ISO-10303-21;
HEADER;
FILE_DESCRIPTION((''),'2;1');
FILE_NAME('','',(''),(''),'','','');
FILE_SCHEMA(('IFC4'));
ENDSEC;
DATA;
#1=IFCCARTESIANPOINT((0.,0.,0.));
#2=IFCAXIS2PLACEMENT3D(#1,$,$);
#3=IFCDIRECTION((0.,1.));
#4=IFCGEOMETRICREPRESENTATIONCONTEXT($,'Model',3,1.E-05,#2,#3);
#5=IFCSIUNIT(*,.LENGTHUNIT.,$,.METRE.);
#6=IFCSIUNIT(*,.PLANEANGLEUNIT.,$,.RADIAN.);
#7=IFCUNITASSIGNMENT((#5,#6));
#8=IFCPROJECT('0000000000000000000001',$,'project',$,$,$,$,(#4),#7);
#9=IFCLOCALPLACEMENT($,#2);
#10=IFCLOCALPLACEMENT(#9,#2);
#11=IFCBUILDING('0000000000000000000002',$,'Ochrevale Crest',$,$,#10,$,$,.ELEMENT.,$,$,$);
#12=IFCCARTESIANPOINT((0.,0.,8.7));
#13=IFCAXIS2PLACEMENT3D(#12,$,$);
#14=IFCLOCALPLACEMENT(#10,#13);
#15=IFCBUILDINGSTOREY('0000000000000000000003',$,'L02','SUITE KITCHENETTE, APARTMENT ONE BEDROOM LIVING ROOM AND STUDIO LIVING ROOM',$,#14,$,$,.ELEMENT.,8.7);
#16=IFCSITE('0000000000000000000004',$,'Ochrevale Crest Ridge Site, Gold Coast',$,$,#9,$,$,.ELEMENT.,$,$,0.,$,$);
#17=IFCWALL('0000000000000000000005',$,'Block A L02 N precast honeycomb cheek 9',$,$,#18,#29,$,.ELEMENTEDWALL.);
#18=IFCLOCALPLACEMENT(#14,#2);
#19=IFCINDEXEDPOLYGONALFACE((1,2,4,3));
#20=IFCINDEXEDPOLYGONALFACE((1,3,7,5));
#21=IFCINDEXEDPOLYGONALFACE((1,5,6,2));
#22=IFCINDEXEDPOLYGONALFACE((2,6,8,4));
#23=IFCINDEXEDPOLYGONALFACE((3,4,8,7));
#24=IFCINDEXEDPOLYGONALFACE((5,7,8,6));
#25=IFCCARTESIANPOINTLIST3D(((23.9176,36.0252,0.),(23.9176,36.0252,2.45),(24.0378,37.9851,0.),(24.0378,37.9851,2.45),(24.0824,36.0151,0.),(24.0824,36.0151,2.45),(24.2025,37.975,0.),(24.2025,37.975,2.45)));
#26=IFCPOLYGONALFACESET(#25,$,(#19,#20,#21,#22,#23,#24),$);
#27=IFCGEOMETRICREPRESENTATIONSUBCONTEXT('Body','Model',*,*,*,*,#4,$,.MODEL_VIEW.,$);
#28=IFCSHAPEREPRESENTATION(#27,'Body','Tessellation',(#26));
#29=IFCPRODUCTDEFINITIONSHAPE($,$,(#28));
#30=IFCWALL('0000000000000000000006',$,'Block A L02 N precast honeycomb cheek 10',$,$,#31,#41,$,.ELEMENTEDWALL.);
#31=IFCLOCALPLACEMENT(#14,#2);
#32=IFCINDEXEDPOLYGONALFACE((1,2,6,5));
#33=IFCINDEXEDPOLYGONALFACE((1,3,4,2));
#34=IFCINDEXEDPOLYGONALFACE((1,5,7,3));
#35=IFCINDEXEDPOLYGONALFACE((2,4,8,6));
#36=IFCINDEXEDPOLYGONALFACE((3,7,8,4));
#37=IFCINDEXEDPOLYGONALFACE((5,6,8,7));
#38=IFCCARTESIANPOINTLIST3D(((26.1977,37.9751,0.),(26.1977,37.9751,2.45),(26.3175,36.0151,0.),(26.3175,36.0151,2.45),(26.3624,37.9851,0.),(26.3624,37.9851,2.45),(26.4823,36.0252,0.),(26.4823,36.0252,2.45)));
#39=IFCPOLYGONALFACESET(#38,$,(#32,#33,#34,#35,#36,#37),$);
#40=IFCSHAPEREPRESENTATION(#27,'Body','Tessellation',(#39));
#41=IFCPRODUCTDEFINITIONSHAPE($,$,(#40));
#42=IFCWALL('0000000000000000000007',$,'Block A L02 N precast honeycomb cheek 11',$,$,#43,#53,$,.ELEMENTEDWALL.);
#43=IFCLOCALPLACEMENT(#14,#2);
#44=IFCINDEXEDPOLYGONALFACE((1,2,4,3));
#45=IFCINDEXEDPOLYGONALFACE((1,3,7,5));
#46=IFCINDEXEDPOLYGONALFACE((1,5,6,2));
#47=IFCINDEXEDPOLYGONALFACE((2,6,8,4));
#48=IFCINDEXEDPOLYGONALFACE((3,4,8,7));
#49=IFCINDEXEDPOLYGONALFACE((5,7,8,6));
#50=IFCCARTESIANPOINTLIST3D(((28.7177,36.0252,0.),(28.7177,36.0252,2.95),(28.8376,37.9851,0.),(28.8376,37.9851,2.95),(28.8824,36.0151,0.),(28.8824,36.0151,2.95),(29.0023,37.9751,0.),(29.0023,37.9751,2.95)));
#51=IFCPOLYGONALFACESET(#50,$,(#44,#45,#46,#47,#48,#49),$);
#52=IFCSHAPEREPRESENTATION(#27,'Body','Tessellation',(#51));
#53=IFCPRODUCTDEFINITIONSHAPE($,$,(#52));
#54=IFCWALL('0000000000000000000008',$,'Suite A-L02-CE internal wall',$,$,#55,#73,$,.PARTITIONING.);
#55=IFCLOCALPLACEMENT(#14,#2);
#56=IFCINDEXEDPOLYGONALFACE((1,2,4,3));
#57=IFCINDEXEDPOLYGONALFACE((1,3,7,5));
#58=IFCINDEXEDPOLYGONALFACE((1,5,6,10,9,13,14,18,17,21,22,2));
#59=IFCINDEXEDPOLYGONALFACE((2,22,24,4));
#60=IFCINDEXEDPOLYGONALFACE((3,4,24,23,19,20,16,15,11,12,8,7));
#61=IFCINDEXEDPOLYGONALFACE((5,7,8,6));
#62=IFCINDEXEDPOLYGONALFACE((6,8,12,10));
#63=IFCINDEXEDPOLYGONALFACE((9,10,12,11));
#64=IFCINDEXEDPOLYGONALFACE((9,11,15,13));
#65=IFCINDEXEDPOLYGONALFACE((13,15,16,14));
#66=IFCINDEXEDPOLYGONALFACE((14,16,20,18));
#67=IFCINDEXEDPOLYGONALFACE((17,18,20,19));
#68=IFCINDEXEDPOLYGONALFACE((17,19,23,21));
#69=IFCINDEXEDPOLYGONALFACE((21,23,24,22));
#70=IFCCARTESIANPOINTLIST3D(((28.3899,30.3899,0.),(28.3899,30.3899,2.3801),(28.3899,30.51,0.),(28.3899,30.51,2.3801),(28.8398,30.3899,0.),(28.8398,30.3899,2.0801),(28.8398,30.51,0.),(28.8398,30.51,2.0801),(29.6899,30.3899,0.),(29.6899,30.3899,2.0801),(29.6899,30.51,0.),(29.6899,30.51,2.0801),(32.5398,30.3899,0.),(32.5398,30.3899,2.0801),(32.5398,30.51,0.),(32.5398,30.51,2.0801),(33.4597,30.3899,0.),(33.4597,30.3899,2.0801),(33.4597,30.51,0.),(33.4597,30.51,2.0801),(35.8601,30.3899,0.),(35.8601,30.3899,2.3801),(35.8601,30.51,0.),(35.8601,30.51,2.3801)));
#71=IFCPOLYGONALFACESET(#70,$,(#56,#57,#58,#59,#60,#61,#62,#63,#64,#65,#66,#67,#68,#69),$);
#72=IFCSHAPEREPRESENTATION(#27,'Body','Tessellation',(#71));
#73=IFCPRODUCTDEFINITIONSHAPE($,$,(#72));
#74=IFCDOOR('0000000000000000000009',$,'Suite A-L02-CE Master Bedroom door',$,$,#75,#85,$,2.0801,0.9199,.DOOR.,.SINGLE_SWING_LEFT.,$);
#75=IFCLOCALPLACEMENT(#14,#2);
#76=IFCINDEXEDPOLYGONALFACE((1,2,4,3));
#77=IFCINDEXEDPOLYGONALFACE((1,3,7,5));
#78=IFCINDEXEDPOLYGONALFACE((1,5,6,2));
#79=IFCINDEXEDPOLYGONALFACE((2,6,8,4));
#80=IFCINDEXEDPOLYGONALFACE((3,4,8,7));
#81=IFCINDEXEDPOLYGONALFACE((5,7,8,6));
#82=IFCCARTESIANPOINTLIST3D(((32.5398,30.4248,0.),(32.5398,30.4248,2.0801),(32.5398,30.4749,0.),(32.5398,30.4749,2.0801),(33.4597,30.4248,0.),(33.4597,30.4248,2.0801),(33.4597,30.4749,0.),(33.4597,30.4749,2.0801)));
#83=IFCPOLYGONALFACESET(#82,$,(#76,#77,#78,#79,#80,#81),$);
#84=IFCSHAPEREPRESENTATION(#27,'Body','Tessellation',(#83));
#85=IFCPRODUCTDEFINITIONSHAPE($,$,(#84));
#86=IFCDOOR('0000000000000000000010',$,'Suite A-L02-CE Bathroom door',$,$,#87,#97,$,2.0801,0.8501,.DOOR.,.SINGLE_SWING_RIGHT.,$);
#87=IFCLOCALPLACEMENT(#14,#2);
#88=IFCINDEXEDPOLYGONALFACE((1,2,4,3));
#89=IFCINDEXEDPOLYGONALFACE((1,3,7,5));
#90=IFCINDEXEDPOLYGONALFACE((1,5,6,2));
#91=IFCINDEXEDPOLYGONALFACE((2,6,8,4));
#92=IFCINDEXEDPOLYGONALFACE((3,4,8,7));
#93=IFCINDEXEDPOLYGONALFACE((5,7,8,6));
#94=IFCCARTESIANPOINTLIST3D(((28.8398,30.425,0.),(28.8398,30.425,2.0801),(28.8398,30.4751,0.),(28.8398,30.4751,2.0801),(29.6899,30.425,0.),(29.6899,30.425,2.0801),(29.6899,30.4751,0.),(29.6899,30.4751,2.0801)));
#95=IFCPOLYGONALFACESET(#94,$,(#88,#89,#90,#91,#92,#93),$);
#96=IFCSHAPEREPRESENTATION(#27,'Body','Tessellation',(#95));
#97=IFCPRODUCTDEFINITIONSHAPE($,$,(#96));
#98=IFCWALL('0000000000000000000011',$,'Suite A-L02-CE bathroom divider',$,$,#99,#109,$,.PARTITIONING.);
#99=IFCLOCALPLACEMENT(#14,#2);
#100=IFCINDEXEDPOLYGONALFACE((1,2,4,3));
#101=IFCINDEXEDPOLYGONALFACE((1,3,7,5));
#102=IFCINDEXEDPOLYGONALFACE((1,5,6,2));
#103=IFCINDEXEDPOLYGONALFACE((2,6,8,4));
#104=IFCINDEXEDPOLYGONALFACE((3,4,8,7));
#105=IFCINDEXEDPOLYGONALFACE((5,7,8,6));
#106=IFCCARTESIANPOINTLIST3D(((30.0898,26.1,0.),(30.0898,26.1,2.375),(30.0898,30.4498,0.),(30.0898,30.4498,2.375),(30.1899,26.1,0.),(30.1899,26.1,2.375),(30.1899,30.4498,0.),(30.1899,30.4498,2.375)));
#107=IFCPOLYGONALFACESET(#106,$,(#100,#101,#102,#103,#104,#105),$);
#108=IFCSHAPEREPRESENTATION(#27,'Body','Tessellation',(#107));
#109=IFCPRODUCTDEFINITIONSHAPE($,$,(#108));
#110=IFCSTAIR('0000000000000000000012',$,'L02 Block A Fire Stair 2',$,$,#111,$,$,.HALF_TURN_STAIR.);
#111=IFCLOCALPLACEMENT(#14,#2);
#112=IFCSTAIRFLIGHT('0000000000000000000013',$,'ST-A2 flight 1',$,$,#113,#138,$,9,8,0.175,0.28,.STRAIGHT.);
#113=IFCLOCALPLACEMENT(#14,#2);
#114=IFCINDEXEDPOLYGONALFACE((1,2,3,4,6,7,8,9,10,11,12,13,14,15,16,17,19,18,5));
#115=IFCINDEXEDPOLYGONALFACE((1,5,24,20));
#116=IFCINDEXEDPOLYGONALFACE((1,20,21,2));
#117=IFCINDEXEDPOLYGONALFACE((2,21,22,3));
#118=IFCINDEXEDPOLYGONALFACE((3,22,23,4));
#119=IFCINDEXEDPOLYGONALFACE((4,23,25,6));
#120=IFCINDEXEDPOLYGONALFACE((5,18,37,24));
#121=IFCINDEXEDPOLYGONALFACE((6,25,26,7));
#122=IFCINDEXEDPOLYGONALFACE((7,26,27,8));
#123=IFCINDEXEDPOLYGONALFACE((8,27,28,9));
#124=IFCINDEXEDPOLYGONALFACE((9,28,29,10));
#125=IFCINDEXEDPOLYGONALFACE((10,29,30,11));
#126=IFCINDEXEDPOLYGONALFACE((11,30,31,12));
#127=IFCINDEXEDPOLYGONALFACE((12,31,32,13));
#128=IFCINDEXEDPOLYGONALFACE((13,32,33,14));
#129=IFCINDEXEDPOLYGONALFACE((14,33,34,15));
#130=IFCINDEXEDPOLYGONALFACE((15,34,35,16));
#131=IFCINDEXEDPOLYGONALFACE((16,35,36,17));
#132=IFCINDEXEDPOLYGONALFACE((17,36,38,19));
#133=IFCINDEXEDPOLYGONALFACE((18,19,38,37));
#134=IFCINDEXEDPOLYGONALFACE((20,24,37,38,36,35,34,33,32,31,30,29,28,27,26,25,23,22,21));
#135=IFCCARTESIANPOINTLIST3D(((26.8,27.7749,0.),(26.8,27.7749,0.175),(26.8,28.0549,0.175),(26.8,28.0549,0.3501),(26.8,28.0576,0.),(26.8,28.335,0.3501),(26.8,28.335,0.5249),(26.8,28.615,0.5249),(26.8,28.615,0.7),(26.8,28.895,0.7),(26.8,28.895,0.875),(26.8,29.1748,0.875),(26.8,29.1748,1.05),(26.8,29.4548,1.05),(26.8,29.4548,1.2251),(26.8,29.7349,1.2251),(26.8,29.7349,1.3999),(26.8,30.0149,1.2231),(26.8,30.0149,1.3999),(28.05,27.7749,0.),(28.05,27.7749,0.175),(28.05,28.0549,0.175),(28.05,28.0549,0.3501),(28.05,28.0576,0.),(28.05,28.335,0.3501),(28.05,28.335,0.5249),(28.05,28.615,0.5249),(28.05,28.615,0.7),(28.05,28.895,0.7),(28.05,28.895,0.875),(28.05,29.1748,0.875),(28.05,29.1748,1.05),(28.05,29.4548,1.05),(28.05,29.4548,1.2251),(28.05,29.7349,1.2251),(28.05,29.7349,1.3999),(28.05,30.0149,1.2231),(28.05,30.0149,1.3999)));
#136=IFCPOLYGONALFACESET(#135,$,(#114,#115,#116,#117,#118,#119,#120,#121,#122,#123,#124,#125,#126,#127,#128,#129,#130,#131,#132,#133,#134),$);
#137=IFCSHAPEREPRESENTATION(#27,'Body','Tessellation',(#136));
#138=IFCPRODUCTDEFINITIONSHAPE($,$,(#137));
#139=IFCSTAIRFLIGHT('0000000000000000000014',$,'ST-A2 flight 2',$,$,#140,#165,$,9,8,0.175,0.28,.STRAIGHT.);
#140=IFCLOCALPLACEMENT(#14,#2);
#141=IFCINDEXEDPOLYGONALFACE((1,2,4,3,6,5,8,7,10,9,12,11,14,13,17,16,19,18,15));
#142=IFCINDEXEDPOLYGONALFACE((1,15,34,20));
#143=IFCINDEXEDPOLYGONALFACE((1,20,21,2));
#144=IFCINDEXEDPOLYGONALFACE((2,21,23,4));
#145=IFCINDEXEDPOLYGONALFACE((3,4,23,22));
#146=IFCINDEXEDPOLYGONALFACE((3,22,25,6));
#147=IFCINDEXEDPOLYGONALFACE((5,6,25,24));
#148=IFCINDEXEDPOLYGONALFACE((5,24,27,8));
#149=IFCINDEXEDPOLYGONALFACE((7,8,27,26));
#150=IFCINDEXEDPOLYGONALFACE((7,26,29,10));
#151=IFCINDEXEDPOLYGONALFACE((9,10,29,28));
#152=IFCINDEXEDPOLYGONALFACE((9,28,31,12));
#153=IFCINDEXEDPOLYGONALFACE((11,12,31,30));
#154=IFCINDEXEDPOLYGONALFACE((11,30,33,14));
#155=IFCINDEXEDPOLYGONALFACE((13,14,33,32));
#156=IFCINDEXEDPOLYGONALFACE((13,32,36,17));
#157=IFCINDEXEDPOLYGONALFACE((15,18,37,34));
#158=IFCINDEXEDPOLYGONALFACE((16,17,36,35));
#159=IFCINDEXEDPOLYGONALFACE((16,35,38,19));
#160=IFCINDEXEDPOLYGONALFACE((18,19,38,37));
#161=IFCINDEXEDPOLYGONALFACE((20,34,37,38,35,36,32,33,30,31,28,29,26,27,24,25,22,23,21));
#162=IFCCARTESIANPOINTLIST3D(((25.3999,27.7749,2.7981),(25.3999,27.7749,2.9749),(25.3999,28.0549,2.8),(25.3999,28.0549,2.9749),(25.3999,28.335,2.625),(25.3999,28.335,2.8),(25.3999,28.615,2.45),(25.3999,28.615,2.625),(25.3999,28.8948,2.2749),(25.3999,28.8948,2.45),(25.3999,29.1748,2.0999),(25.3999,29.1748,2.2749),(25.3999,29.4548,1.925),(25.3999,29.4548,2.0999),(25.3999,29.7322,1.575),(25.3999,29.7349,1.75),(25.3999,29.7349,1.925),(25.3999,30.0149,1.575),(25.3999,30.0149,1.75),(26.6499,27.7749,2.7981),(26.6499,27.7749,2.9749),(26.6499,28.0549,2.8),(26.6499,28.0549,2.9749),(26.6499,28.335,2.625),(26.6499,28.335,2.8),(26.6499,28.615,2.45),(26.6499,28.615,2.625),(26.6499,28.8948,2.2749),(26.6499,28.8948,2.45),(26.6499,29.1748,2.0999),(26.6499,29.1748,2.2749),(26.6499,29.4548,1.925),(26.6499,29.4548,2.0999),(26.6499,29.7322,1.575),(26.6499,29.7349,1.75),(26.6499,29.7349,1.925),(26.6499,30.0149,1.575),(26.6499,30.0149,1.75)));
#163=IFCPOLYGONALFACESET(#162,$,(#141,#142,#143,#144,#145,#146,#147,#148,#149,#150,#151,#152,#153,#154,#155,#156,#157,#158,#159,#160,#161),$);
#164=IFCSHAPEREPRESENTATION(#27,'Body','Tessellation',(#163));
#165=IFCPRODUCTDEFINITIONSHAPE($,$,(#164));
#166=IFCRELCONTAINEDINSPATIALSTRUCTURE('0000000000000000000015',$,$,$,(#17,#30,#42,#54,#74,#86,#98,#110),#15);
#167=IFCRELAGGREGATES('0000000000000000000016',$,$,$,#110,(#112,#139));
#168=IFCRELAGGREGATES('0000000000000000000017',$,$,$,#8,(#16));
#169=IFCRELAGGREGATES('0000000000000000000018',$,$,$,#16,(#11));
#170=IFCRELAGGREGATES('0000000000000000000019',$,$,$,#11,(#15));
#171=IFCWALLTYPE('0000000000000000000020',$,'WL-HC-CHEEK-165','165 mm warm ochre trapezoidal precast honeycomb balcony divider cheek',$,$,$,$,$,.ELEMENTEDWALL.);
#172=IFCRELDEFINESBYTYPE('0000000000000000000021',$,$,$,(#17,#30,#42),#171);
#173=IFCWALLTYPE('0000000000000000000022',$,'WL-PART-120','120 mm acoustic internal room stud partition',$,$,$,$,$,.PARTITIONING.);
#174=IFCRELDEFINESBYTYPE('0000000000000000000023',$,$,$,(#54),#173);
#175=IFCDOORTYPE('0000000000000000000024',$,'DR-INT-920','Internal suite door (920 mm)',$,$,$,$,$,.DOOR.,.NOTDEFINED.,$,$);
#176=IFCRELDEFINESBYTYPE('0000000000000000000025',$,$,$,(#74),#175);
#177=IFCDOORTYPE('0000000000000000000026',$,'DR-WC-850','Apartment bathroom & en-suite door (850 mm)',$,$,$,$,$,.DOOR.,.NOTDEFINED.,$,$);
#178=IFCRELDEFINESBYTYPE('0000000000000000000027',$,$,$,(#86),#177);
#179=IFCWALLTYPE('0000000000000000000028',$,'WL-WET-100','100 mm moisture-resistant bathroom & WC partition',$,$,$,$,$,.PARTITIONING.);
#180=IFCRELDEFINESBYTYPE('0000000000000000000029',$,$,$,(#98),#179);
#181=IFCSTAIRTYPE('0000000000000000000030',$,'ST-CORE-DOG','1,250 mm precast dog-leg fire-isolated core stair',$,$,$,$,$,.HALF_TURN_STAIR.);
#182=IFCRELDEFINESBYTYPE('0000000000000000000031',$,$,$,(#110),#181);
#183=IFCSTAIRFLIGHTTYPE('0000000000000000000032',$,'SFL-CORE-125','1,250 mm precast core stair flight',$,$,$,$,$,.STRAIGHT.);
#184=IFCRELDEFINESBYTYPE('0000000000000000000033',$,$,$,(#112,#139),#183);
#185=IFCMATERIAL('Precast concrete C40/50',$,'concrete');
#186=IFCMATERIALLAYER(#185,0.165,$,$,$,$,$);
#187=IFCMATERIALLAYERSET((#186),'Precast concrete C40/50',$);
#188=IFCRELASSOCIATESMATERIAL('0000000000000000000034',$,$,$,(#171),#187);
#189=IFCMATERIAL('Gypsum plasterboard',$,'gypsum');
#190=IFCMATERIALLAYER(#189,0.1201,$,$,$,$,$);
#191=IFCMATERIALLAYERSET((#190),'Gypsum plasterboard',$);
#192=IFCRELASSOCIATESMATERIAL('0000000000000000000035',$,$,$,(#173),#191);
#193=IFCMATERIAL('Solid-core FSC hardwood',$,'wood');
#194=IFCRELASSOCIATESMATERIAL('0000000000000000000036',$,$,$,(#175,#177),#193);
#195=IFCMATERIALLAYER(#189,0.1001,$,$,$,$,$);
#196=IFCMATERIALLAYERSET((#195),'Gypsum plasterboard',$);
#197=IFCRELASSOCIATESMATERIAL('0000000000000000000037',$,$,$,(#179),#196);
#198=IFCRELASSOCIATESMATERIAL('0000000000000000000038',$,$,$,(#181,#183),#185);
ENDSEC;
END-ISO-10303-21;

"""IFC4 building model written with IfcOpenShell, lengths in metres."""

from ifc_helpers import new_model, si_unit, direction, frame, frame_2d, origin, place, context, subcontext, project, spatial, polyline, rectangle, outline, extrude, material, layer, layer_set, type_object, element, fill, aggregate, save


model = new_model("IFC4")

# Units and contexts
model_context = context("Model", 3, precision=1e-05, world=origin(), true_north=direction((0.0, 1.0)))
body_context = subcontext(model_context, "Body", "Model", "MODEL_VIEW")
ifc_project = project(units=[si_unit("LENGTHUNIT", "METRE"), si_unit("PLANEANGLEUNIT", "RADIAN")], contexts=[model_context])

# Site, building, storey
site_placement = place(None, origin())
site = spatial("IfcSite", under=ifc_project, at=site_placement, Name="Ochrevale Crest Ridge Site, Gold Coast", CompositionType="ELEMENT", RefElevation=0.0)
building_placement = place(site_placement, origin())
building = spatial("IfcBuilding", under=site, at=building_placement, Name="Ochrevale Crest", CompositionType="ELEMENT")
storey_placement = place(building_placement, frame((0.0, 0.0, 8.7)))
storey = spatial("IfcBuildingStorey", under=building, at=storey_placement, Name="L02", Description="SUITE KITCHENETTE, APARTMENT ONE BEDROOM LIVING ROOM AND STUDIO LIVING ROOM", CompositionType="ELEMENT", Elevation=8.7)

# Shared definitions
ifc_material_1 = material(Name="Gypsum plasterboard", Category="gypsum")
ifc_material_2 = material(Name="Solid-core FSC hardwood", Category="wood")

# Walls
ifc_material_3 = material(Name="Precast concrete C40/50", Category="concrete")
ifc_layer_1 = layer(ifc_material_3, 0.165)
ifc_layer_set_1 = layer_set([ifc_layer_1], Name="Precast concrete C40/50")
wall_type_1 = type_object("IfcWallType", Name="WL-HC-CHEEK-165", Description="165 mm warm ochre trapezoidal precast honeycomb balcony divider cheek", PredefinedType="ELEMENTEDWALL", material=ifc_layer_set_1)
for number, where, z_axis, x_axis, name in (
    (1, (24.0, 36.02, 0.0), (0.0, 0.0, 1.0), (0.061171, 0.998127, 0.0), "Block A L02 N precast honeycomb cheek 9"),
    (2, (26.3999, 36.02, 0.0), (0.0, 0.0, 1.0), (-0.061047, 0.998135, 0.0), "Block A L02 N precast honeycomb cheek 10"),
):
    element("IfcWall", number, at=place(storey_placement, frame(where, z_axis=z_axis, x_axis=x_axis)), inside=storey, type_object=wall_type_1, Name=name, PredefinedType="ELEMENTEDWALL", context=body_context, shape_type="SweptSolid", body=[
        extrude(rectangle(XDim=1.9636, YDim=0.165, at=frame_2d((0.9819, 0.0))), origin(), (0.0, 0.0, 1.0), 2.45),
    ])
wall_1_placement = place(storey_placement, frame((28.8, 36.02, 0.0), z_axis=(0.0, 0.0, 1.0), x_axis=(0.061047, 0.998135, 0.0)))
element("IfcWall", 3, at=wall_1_placement, inside=storey, type_object=wall_type_1, Name="Block A L02 N precast honeycomb cheek 11", PredefinedType="ELEMENTEDWALL", context=body_context, shape_type="SweptSolid", body=[
    extrude(rectangle(XDim=1.9636, YDim=0.165, at=frame_2d((0.9819, 0.0))), origin(), (0.0, 0.0, 1.0), 2.95),
])

# Wall, openings, doors
ifc_layer_2 = layer(ifc_material_1, 0.1201)
ifc_layer_set_2 = layer_set([ifc_layer_2], Name="Gypsum plasterboard")
wall_type_2 = type_object("IfcWallType", Name="WL-PART-120", Description="120 mm acoustic internal room stud partition", PredefinedType="PARTITIONING", material=ifc_layer_set_2)
wall_2_placement = place(storey_placement, frame((28.3899, 30.45, 0.0), z_axis=(0.0, 0.0, 1.0), x_axis=(1.0, 0.0, 0.0)))
wall_2 = element("IfcWall", 4, at=wall_2_placement, inside=storey, type_object=wall_type_2, Name="Suite A-L02-CE internal wall", PredefinedType="PARTITIONING", context=body_context, shape_type="SweptSolid", body=[
    extrude(rectangle(XDim=7.4702, YDim=0.1201, at=frame_2d((3.7351, 0.0))), origin(), (0.0, 0.0, 1.0), 2.3801),
])
opening_1_placement = place(wall_2_placement, frame((1.3, 0.0, 0.0), z_axis=(0.0, 0.0, 1.0), x_axis=(-1.0, 0.0, 0.0)))
opening_1 = element("IfcOpeningElement", 5, at=opening_1_placement, cuts=wall_2, PredefinedType="OPENING", context=body_context, shape_type="SweptSolid", body=[
    extrude(rectangle(XDim=0.8501, YDim=2.0801, at=frame_2d((0.425, 1.04))), frame((0.0, 0.0701, 0.0), z_axis=(0.0, -1.0, 0.0), x_axis=(1.0, 0.0, 0.0)), (0.0, 0.0, 1.0), 0.1401),
])
opening_2_placement = place(wall_2_placement, frame((4.1499, 0.0, 0.0)))
opening_2 = element("IfcOpeningElement", 6, at=opening_2_placement, cuts=wall_2, PredefinedType="OPENING", context=body_context, shape_type="SweptSolid", body=[
    extrude(rectangle(XDim=0.9199, YDim=2.0801, at=frame_2d((0.46, 1.04))), frame((0.0, 0.0701, 0.0), z_axis=(0.0, -1.0, 0.0), x_axis=(1.0, 0.0, 0.0)), (0.0, 0.0, 1.0), 0.1401),
])
door_type_1 = type_object("IfcDoorType", Name="DR-INT-920", Description="Internal suite door (920 mm)", OperationType="NOTDEFINED", PredefinedType="DOOR", material=ifc_material_2)
door_1_placement = place(opening_2_placement, origin())
door_1 = element("IfcDoor", 7, at=door_1_placement, inside=storey, type_object=door_type_1, Name="Suite A-L02-CE Master Bedroom door", OperationType="SINGLE_SWING_LEFT", OverallHeight=2.0801, OverallWidth=0.9199, PredefinedType="DOOR", context=body_context, shape_type="SweptSolid", body=[
    extrude(rectangle(XDim=0.9199, YDim=2.0801, at=frame_2d((0.46, 1.04))), frame((0.0, 0.0249, 0.0), z_axis=(0.0, -1.0, 0.0), x_axis=(1.0, 0.0, 0.0)), (0.0, 0.0, 1.0), 0.05),
])
fill(opening_2, door_1)
door_type_2 = type_object("IfcDoorType", Name="DR-WC-850", Description="Apartment bathroom & en-suite door (850 mm)", OperationType="NOTDEFINED", PredefinedType="DOOR", material=ifc_material_2)
door_2_placement = place(opening_1_placement, origin())
door_2 = element("IfcDoor", 8, at=door_2_placement, inside=storey, type_object=door_type_2, Name="Suite A-L02-CE Bathroom door", OperationType="SINGLE_SWING_RIGHT", OverallHeight=2.0801, OverallWidth=0.8501, PredefinedType="DOOR", context=body_context, shape_type="SweptSolid", body=[
    extrude(rectangle(XDim=0.8501, YDim=2.0801, at=frame_2d((0.425, 1.04))), frame((0.0, 0.0249, 0.0), z_axis=(0.0, -1.0, 0.0), x_axis=(1.0, 0.0, 0.0)), (0.0, 0.0, 1.0), 0.05),
])
fill(opening_1, door_2)

# Wall
ifc_layer_3 = layer(ifc_material_1, 0.1001)
ifc_layer_set_3 = layer_set([ifc_layer_3], Name="Gypsum plasterboard")
wall_type_3 = type_object("IfcWallType", Name="WL-WET-100", Description="100 mm moisture-resistant bathroom & WC partition", PredefinedType="PARTITIONING", material=ifc_layer_set_3)
wall_3_placement = place(storey_placement, frame((30.1399, 26.1001, 0.0), z_axis=(0.0, 0.0, 1.0), x_axis=(0.0, 1.0, 0.0)))
element("IfcWall", 9, at=wall_3_placement, inside=storey, type_object=wall_type_3, Name="Suite A-L02-CE bathroom divider", PredefinedType="PARTITIONING", context=body_context, shape_type="SweptSolid", body=[
    extrude(rectangle(XDim=4.3499, YDim=0.1001, at=frame_2d((2.1748, 0.0))), origin(), (0.0, 0.0, 1.0), 2.375),
])

# Stair, stair flights
stair_type = type_object("IfcStairType", Name="ST-CORE-DOG", Description="1,250 mm precast dog-leg fire-isolated core stair", PredefinedType="HALF_TURN_STAIR", material=ifc_material_3)
stair_placement = place(storey_placement, origin())
stair = element("IfcStair", 10, at=stair_placement, inside=storey, type_object=stair_type, Name="L02 Block A Fire Stair 2", PredefinedType="HALF_TURN_STAIR")
stair_flight_type = type_object("IfcStairFlightType", Name="SFL-CORE-125", Description="1,250 mm precast core stair flight", PredefinedType="STRAIGHT", material=ifc_material_3)
stair_flight_1_placement = place(storey_placement, frame((27.425, 27.7749, 0.0), z_axis=(0.0, 0.0, 1.0), x_axis=(0.0, 1.0, 0.0)))
stair_flight_1 = element("IfcStairFlight", 11, at=stair_flight_1_placement, type_object=stair_flight_type, Name="ST-A2 flight 1", NumberOfRisers=9, NumberOfTreads=8, PredefinedType="STRAIGHT", RiserHeight=0.175, TreadLength=0.28, context=body_context, shape_type="SweptSolid", body=[
    extrude(outline(polyline([(0.0, 0.0), (0.0, 0.175), (0.28, 0.175), (0.28, 0.3501), (0.5601, 0.3501), (0.5601, 0.5249), (0.8401, 0.5249), (0.8401, 0.7), (1.1201, 0.7), (1.1201, 0.875), (1.3999, 0.875), (1.3999, 1.05), (1.6799, 1.05), (1.6799, 1.2251), (1.96, 1.2251), (1.96, 1.3999), (2.24, 1.3999), (2.24, 1.575), (2.24, 1.2231), (0.2827, 0.0), (0.0, 0.0)])), frame((0.0, 0.625, 0.0), z_axis=(0.0, -1.0, 0.0), x_axis=(1.0, 0.0, 0.0)), (0.0, 0.0, 1.0), 1.25),
])
stair_flight_2_placement = place(storey_placement, frame((26.0249, 30.0149, 1.575), z_axis=(0.0, 0.0, 1.0), x_axis=(0.0, -1.0, 0.0)))
stair_flight_2 = element("IfcStairFlight", 12, at=stair_flight_2_placement, type_object=stair_flight_type, Name="ST-A2 flight 2", NumberOfRisers=9, NumberOfTreads=8, PredefinedType="STRAIGHT", RiserHeight=0.175, TreadLength=0.28, context=body_context, shape_type="SweptSolid", body=[
    extrude(outline(polyline([(0.0, 0.0), (0.0, 0.175), (0.28, 0.175), (0.28, 0.3501), (0.5601, 0.3501), (0.5601, 0.5249), (0.8401, 0.5249), (0.8401, 0.7), (1.1201, 0.7), (1.1201, 0.875), (1.3999, 0.875), (1.3999, 1.05), (1.6799, 1.05), (1.6799, 1.2251), (1.96, 1.2251), (1.96, 1.3999), (2.24, 1.3999), (2.24, 1.575), (2.24, 1.2231), (0.2827, 0.0), (0.0, 0.0)])), frame((0.0, 0.625, 0.0), z_axis=(0.0, -1.0, 0.0), x_axis=(1.0, 0.0, 0.0)), (0.0, 0.0, 1.0), 1.25),
])
aggregate(stair, [stair_flight_1, stair_flight_2])

save(model, "model.ifc")
